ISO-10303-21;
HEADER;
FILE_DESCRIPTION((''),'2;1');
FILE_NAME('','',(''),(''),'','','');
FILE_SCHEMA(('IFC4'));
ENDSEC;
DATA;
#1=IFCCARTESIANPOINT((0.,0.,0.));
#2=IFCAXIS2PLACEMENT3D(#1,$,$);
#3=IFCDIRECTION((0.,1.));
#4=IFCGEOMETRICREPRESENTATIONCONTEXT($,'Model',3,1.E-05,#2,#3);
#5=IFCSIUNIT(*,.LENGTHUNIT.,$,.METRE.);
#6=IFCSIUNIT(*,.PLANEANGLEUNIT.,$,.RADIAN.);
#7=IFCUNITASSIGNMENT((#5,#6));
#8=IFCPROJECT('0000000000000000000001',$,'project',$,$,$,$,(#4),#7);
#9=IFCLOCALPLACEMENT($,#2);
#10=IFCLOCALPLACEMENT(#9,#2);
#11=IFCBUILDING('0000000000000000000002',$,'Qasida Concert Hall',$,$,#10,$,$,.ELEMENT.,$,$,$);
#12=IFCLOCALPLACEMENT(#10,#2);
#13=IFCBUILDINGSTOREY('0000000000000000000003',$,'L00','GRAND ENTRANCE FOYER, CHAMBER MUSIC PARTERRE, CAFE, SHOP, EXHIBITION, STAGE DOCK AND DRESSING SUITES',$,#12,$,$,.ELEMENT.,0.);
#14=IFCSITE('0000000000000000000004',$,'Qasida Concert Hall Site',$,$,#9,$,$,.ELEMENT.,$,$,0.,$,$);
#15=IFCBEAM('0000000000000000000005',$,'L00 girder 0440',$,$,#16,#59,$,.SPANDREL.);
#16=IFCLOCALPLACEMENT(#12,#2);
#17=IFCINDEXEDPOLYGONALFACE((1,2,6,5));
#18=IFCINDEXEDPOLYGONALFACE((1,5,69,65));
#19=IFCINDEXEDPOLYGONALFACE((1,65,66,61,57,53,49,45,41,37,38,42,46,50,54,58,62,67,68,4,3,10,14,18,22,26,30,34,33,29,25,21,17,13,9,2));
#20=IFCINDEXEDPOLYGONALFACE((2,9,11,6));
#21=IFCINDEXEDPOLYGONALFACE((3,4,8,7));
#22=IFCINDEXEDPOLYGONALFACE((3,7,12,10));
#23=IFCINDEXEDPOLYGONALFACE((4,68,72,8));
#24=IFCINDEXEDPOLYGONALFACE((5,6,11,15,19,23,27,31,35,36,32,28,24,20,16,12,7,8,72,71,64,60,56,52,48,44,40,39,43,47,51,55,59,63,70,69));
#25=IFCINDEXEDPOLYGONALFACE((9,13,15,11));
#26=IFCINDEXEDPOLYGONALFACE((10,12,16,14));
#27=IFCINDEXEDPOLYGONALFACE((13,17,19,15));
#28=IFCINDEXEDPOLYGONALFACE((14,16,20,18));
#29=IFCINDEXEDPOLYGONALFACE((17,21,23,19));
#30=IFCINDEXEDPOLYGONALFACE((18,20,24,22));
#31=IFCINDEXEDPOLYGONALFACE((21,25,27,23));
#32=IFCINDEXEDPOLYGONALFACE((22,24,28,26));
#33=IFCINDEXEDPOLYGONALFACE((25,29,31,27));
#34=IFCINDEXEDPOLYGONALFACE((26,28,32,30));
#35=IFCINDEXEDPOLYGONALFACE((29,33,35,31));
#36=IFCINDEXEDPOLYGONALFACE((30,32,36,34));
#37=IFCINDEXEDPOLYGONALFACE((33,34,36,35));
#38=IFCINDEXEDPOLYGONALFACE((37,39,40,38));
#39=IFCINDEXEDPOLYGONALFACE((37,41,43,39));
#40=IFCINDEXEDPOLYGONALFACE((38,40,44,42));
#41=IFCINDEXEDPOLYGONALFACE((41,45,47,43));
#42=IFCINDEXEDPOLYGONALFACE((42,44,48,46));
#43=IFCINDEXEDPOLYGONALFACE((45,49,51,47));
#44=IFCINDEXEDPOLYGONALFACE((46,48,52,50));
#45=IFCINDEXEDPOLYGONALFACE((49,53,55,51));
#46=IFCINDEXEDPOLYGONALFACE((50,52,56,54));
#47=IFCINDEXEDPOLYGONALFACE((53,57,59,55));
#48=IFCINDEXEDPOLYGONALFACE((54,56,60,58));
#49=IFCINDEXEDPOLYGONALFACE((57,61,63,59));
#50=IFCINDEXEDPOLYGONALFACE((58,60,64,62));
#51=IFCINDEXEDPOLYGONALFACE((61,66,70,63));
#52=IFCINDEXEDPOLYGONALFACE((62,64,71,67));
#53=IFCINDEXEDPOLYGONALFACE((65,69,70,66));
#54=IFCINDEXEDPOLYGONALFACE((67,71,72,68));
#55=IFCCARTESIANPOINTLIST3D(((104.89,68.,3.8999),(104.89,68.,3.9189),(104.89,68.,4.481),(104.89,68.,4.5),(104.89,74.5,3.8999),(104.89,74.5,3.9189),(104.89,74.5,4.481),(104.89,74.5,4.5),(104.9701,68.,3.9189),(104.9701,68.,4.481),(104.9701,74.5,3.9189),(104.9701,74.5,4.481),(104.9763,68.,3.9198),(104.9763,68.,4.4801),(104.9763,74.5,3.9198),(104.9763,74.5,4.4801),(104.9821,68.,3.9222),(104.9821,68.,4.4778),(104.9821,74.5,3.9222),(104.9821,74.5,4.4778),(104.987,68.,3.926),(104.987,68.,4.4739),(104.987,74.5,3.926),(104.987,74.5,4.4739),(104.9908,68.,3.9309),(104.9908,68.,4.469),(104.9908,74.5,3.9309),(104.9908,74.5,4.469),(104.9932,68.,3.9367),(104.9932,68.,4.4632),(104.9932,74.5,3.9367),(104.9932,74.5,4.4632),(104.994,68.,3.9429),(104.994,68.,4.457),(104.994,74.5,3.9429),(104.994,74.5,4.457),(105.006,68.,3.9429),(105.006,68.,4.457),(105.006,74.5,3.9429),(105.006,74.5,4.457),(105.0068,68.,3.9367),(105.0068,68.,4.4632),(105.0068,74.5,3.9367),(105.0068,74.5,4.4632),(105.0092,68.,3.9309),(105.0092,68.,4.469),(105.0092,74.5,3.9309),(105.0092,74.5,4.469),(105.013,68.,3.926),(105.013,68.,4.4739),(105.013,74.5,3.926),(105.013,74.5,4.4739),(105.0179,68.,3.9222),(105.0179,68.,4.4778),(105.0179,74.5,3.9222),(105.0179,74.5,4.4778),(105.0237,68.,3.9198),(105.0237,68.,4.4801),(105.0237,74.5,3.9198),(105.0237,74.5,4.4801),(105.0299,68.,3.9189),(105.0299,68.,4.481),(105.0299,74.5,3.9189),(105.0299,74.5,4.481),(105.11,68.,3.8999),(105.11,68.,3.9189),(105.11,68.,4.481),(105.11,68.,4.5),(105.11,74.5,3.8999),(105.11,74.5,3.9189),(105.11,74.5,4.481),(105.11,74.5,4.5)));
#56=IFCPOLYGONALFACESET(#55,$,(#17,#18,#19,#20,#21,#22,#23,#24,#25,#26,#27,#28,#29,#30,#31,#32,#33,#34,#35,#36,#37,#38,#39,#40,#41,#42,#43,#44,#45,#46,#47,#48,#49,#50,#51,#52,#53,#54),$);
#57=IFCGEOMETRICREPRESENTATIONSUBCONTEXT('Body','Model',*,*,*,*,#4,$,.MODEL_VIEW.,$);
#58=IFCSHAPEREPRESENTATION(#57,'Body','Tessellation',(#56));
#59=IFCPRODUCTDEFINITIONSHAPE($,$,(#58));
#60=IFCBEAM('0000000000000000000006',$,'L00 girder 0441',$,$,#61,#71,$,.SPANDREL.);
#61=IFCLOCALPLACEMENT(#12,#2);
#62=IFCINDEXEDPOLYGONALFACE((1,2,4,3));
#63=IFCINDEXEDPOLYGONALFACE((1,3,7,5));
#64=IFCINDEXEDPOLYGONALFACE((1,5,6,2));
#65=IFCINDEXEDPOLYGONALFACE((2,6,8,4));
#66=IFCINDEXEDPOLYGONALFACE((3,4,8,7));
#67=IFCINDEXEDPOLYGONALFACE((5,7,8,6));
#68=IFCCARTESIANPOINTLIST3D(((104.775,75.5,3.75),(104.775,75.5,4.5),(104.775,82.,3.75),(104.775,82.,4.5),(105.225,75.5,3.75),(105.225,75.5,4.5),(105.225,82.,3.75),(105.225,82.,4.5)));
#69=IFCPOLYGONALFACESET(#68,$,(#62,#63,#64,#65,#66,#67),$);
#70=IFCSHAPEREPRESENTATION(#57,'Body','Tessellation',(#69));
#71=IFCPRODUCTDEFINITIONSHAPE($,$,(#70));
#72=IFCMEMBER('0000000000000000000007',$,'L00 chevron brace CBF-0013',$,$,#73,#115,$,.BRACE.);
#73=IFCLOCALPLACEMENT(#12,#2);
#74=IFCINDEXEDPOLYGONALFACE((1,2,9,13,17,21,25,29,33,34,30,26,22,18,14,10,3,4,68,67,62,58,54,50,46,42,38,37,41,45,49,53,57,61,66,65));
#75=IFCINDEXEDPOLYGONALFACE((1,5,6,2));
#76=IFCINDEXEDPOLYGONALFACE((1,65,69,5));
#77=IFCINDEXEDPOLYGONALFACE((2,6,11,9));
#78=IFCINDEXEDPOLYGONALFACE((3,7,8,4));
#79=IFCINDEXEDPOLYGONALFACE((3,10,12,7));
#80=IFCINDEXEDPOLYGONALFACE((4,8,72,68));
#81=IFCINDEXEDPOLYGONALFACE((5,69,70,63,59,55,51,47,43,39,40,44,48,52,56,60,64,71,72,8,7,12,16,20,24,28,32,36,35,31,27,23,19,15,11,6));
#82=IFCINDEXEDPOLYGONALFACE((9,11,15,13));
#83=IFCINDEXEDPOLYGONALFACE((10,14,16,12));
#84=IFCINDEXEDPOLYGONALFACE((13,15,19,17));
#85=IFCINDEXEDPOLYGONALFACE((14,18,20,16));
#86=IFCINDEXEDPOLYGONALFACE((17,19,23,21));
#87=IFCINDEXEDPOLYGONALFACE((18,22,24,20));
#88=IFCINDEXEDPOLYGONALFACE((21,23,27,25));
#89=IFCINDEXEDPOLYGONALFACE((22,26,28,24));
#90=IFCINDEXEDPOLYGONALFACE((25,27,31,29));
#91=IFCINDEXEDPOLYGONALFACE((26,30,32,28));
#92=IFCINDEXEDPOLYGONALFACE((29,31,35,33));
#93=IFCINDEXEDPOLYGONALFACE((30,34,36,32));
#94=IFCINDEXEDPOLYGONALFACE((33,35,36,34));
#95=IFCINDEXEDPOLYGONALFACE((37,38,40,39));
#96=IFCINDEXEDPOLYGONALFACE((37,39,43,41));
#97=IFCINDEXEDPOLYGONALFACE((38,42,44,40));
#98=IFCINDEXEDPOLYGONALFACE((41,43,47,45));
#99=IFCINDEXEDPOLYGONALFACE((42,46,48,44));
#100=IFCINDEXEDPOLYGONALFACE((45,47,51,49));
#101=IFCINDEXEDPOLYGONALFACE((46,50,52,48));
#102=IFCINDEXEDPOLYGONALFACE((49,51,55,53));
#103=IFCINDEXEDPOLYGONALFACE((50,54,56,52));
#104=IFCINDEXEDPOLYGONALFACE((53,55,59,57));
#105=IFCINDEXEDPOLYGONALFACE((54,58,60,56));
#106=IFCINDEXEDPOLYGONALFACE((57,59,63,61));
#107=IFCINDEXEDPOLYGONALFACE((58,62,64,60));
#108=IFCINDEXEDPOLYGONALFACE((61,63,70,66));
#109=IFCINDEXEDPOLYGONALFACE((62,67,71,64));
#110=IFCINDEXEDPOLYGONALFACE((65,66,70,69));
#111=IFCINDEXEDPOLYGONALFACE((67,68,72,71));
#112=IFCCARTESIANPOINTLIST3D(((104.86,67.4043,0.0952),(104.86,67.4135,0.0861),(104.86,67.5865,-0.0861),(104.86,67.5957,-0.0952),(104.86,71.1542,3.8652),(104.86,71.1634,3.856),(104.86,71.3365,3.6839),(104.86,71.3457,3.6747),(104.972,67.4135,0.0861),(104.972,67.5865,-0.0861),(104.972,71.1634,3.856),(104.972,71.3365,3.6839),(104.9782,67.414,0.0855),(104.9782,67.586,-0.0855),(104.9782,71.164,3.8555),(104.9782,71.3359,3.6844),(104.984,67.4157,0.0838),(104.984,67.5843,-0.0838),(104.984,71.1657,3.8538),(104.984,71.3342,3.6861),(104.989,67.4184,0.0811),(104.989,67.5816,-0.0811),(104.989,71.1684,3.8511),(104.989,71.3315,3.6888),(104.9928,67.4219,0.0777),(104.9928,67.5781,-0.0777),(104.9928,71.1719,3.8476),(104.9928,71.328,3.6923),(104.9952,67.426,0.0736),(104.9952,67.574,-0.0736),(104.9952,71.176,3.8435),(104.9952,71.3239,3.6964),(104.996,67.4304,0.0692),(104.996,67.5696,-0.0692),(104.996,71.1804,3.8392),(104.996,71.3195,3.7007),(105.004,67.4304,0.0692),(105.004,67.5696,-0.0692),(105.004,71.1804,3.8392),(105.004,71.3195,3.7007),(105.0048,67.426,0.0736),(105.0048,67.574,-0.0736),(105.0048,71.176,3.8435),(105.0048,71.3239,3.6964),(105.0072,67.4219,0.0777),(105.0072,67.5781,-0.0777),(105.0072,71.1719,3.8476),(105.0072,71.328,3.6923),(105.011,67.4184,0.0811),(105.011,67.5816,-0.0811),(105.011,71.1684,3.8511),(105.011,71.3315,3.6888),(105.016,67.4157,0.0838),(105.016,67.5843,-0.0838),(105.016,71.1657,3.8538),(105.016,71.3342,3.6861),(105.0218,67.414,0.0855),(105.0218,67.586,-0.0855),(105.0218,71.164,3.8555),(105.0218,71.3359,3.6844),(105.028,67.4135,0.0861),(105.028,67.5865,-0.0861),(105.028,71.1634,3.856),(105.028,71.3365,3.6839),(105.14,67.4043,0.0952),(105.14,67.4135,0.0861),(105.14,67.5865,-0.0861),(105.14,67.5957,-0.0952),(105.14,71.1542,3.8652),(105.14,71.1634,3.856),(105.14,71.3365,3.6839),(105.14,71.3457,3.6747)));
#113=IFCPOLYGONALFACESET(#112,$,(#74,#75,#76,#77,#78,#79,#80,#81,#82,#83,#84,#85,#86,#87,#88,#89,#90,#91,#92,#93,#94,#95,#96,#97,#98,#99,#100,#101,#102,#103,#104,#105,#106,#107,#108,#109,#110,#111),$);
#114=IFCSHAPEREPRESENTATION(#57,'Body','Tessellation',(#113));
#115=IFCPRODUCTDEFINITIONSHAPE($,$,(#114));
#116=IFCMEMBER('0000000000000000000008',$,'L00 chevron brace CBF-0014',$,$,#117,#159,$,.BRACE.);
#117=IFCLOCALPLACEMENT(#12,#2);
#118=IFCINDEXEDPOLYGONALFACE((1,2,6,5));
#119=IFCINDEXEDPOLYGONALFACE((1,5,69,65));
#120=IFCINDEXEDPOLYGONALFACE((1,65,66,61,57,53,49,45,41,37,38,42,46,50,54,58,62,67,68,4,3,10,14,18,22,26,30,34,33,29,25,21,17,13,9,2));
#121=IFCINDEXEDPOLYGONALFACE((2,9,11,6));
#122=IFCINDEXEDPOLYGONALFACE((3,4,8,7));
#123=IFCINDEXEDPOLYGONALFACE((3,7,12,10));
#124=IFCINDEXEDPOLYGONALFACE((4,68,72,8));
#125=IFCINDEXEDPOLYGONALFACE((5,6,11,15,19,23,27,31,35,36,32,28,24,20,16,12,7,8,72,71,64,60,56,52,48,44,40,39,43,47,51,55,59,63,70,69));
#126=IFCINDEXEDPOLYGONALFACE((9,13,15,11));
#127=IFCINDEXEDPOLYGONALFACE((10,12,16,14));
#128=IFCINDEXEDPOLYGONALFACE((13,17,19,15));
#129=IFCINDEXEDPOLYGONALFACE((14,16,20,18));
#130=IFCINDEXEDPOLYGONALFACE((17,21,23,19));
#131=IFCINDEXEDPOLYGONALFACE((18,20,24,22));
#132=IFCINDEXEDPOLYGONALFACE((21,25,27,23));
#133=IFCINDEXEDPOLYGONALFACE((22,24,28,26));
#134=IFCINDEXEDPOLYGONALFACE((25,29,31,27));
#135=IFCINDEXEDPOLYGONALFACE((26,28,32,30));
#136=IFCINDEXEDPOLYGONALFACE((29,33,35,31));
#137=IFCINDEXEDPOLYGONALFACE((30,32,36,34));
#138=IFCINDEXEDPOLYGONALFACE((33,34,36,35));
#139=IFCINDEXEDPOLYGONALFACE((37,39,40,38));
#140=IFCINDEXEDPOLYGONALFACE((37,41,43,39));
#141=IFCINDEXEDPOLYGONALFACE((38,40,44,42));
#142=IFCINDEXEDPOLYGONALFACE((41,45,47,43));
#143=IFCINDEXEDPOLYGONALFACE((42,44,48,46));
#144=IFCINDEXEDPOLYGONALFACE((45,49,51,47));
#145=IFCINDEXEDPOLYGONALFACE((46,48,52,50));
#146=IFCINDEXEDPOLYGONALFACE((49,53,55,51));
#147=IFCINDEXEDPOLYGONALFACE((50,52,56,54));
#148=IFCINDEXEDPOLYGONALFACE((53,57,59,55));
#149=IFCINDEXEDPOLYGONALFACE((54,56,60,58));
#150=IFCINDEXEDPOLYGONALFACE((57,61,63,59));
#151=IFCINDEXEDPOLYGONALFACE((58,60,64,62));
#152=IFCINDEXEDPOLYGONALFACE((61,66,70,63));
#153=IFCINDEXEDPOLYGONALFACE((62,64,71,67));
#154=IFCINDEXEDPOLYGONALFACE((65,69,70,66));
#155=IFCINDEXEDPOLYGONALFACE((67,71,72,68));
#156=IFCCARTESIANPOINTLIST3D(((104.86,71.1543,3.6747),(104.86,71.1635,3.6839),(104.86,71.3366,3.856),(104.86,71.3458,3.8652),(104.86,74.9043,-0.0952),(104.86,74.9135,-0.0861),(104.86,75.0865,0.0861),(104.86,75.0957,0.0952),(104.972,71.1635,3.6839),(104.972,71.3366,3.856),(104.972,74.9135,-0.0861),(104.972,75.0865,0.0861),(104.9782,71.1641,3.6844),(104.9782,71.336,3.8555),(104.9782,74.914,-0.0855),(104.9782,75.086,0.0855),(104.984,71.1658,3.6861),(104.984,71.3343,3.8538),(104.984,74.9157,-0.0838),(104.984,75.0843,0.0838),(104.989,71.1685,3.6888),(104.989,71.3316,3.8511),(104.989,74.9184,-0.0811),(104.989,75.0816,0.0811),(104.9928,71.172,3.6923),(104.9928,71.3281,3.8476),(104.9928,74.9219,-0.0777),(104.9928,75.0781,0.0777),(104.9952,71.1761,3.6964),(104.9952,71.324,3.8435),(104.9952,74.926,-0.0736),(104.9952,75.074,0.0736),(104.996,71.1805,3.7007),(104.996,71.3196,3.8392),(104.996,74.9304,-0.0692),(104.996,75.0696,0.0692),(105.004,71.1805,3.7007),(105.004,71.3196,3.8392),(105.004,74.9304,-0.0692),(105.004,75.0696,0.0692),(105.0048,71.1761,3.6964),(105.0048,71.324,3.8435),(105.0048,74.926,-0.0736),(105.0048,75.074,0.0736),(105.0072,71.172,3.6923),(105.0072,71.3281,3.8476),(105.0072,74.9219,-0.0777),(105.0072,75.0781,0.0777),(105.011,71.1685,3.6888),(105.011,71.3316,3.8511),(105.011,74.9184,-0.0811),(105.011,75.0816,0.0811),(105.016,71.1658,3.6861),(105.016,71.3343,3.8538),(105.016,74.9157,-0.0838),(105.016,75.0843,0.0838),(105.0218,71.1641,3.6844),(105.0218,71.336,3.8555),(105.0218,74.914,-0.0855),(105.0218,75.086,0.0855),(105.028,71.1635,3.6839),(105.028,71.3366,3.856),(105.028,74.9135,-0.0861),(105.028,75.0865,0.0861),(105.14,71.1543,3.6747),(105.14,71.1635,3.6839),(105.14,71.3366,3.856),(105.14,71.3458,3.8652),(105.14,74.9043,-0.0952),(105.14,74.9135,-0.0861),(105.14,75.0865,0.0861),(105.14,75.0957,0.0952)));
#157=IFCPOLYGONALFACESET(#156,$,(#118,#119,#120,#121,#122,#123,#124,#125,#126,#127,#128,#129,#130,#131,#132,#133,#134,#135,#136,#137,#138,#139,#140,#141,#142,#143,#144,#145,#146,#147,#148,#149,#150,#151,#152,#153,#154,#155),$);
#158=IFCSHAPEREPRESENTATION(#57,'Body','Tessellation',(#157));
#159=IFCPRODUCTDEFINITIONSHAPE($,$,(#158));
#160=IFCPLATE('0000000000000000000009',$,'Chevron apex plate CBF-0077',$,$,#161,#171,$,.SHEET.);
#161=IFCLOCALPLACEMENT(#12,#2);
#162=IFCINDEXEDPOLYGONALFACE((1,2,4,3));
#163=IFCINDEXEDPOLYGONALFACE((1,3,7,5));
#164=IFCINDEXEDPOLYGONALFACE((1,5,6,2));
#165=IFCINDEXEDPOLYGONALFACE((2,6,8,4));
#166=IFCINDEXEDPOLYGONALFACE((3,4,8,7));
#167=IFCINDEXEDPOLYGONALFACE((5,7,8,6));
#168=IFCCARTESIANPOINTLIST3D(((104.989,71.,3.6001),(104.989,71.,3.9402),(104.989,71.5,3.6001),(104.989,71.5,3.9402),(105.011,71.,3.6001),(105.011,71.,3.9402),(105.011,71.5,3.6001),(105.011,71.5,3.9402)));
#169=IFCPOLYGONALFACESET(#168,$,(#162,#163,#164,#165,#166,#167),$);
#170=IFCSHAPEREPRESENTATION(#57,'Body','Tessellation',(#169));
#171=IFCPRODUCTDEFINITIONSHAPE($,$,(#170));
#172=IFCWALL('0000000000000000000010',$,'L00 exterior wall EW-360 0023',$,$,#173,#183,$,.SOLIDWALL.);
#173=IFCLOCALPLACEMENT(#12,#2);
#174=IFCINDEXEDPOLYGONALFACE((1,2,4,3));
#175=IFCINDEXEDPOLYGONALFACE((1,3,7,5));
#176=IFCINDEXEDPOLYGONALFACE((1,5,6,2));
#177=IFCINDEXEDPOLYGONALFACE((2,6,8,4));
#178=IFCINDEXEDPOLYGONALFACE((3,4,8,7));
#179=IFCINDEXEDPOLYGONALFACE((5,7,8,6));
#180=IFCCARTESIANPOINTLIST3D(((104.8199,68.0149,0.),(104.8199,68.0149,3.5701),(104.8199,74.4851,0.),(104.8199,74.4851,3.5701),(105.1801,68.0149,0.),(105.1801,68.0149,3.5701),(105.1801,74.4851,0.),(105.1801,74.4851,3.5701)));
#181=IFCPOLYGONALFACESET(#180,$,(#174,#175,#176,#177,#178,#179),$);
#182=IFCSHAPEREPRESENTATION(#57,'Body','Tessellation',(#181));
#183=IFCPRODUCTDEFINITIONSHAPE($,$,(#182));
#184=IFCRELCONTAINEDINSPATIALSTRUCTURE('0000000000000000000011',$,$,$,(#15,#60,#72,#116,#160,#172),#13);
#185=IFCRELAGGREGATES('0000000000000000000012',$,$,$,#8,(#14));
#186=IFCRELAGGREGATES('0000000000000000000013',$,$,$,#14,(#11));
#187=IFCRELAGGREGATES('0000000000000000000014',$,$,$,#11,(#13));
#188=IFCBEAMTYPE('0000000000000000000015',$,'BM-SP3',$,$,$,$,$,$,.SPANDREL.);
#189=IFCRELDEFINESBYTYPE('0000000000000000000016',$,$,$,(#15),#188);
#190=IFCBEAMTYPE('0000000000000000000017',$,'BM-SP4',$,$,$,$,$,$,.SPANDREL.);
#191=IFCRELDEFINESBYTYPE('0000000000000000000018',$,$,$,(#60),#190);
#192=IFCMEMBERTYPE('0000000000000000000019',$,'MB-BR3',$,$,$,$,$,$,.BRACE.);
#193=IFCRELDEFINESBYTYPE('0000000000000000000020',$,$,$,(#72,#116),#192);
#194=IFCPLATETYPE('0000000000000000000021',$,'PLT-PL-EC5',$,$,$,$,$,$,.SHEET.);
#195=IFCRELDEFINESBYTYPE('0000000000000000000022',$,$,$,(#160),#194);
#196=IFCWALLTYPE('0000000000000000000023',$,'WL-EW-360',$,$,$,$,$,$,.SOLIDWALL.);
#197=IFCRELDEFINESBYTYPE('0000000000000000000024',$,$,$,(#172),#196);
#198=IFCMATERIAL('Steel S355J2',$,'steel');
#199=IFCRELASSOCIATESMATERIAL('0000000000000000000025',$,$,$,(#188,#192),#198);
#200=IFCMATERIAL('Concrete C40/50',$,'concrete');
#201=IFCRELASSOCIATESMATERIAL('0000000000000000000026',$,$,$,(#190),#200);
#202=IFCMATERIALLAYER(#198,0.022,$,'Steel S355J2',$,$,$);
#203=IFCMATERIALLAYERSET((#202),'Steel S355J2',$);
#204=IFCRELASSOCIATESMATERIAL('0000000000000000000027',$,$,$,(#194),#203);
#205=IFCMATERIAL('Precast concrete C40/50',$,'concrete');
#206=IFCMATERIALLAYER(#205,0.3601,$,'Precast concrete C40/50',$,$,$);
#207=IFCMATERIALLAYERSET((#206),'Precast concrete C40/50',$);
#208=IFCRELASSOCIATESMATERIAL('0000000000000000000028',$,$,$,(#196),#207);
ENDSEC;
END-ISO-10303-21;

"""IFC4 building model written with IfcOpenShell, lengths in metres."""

from ifc_helpers import new_model, si_unit, direction, frame, frame_2d, origin, origin_2d, place, context, subcontext, project, spatial, rectangle, i_section, extrude, material, layer, layer_set, material_profile, profile_set, type_object, element, save


model = new_model("IFC4")

# Units and contexts
model_context = context("Model", 3, precision=1e-05, world=origin(), true_north=direction((0.0, 1.0)))
body_context = subcontext(model_context, "Body", "Model", "MODEL_VIEW")
ifc_project = project(units=[si_unit("LENGTHUNIT", "METRE"), si_unit("PLANEANGLEUNIT", "RADIAN")], contexts=[model_context])

# Site, building, storey
site_placement = place(None, origin())
site = spatial("IfcSite", under=ifc_project, at=site_placement, Name="Qasida Concert Hall Site", CompositionType="ELEMENT", RefElevation=0.0)
building_placement = place(site_placement, origin())
building = spatial("IfcBuilding", under=site, at=building_placement, Name="Qasida Concert Hall", CompositionType="ELEMENT")
storey_placement = place(building_placement, origin())
storey = spatial("IfcBuildingStorey", under=building, at=storey_placement, Name="L00", Description="GRAND ENTRANCE FOYER, CHAMBER MUSIC PARTERRE, CAFE, SHOP, EXHIBITION, STAGE DOCK AND DRESSING SUITES", CompositionType="ELEMENT", Elevation=0.0)

# Beams
ifc_material_1 = material(Name="Concrete C40/50", Category="concrete")
ifc_material_2 = material(Name="Steel S355J2", Category="steel")
ifc_material_profile_1 = material_profile(ifc_material_2, i_section(OverallWidth=0.22, OverallDepth=0.6001, WebThickness=0.012, FlangeThickness=0.019, FilletRadius=0.0239, at=origin_2d()), Name="IPE 600")
ifc_profile_set_1 = profile_set([ifc_material_profile_1], Name="Steel S355J2")
beam_type_1 = type_object("IfcBeamType", Name="BM-SP3", PredefinedType="SPANDREL", material=ifc_profile_set_1)
beam_1_placement = place(storey_placement, frame((105.0, 68.0, 4.2), z_axis=(0.0, 1.0, 0.0), x_axis=(-1.0, 0.0, 0.0)))
element("IfcBeam", 1, at=beam_1_placement, inside=storey, type_object=beam_type_1, Name="L00 girder 0440", PredefinedType="SPANDREL", context=body_context, shape_type="SweptSolid", body=[
    extrude(i_section(OverallWidth=0.22, OverallDepth=0.6001, WebThickness=0.012, FlangeThickness=0.019, FilletRadius=0.0239, at=origin_2d()), origin(), (0.0, 0.0, 1.0), 6.5),
])
ifc_material_profile_2 = material_profile(ifc_material_1, rectangle(XDim=0.45, YDim=0.75, at=origin_2d()), Name="RC 450x750")
ifc_profile_set_2 = profile_set([ifc_material_profile_2], Name="Concrete C40/50")
beam_type_2 = type_object("IfcBeamType", Name="BM-SP4", PredefinedType="SPANDREL", material=ifc_profile_set_2)
beam_2_placement = place(storey_placement, frame((105.0, 75.5, 4.125), z_axis=(0.0, 1.0, 0.0), x_axis=(-1.0, 0.0, 0.0)))
element("IfcBeam", 2, at=beam_2_placement, inside=storey, type_object=beam_type_2, Name="L00 girder 0441", PredefinedType="SPANDREL", context=body_context, shape_type="SweptSolid", body=[
    extrude(rectangle(XDim=0.45, YDim=0.75, at=origin_2d()), origin(), (0.0, 0.0, 1.0), 6.5),
])

# Members
ifc_material_profile_3 = material_profile(ifc_material_2, i_section(OverallWidth=0.28, OverallDepth=0.27, WebThickness=0.0081, FlangeThickness=0.0129, FilletRadius=0.0239, at=origin_2d()), Name="HEA 280")
ifc_profile_set_3 = profile_set([ifc_material_profile_3], Name="Steel S355J2")
member_type = type_object("IfcMemberType", Name="MB-BR3", PredefinedType="BRACE", material=ifc_profile_set_3)
for number, where, z_axis, x_axis, name in (
    (3, (105.0, 67.5, 0.0), (0.0, 0.705222, 0.708987), (-1.0, 0.0, 0.0), "L00 chevron brace CBF-0013"),
    (4, (105.0, 75.0, 0.0), (0.0, -0.705222, 0.708987), (1.0, 0.0, 0.0), "L00 chevron brace CBF-0014"),
):
    element("IfcMember", number, at=place(storey_placement, frame(where, z_axis=z_axis, x_axis=x_axis)), inside=storey, type_object=member_type, Name=name, PredefinedType="BRACE", context=body_context, shape_type="SweptSolid", body=[
        extrude(i_section(OverallWidth=0.28, OverallDepth=0.27, WebThickness=0.0081, FlangeThickness=0.0129, FilletRadius=0.0239, at=origin_2d()), origin(), (0.0, 0.0, 1.0), 5.3174),
    ])

# Plate
ifc_layer_1 = layer(ifc_material_2, 0.022, Name="Steel S355J2")
ifc_layer_set_1 = layer_set([ifc_layer_1], Name="Steel S355J2")
plate_type = type_object("IfcPlateType", Name="PLT-PL-EC5", PredefinedType="SHEET", material=ifc_layer_set_1)
plate_placement = place(storey_placement, frame((105.0, 71.25, 3.6001), z_axis=(0.0, 0.0, 1.0), x_axis=(0.0, 1.0, 0.0)))
element("IfcPlate", 5, at=plate_placement, inside=storey, type_object=plate_type, Name="Chevron apex plate CBF-0077", PredefinedType="SHEET", context=body_context, shape_type="SweptSolid", body=[
    extrude(rectangle(XDim=0.5, YDim=0.022, at=origin_2d()), origin(), (0.0, 0.0, 1.0), 0.3401),
])

# Wall
ifc_material_3 = material(Name="Precast concrete C40/50", Category="concrete")
ifc_layer_2 = layer(ifc_material_3, 0.3601, Name="Precast concrete C40/50")
ifc_layer_set_2 = layer_set([ifc_layer_2], Name="Precast concrete C40/50")
wall_type = type_object("IfcWallType", Name="WL-EW-360", PredefinedType="SOLIDWALL", material=ifc_layer_set_2)
wall_1_placement = place(storey_placement, frame((105.0, 68.0149, 0.0), z_axis=(0.0, 0.0, 1.0), x_axis=(0.0, 1.0, 0.0)))
element("IfcWall", 6, at=wall_1_placement, inside=storey, type_object=wall_type, Name="L00 exterior wall EW-360 0023", PredefinedType="SOLIDWALL", context=body_context, shape_type="SweptSolid", body=[
    extrude(rectangle(XDim=6.4702, YDim=0.3601, at=frame_2d((3.2351, 0.0))), origin(), (0.0, 0.0, 1.0), 3.5701),
])

save(model, "model.ifc")
